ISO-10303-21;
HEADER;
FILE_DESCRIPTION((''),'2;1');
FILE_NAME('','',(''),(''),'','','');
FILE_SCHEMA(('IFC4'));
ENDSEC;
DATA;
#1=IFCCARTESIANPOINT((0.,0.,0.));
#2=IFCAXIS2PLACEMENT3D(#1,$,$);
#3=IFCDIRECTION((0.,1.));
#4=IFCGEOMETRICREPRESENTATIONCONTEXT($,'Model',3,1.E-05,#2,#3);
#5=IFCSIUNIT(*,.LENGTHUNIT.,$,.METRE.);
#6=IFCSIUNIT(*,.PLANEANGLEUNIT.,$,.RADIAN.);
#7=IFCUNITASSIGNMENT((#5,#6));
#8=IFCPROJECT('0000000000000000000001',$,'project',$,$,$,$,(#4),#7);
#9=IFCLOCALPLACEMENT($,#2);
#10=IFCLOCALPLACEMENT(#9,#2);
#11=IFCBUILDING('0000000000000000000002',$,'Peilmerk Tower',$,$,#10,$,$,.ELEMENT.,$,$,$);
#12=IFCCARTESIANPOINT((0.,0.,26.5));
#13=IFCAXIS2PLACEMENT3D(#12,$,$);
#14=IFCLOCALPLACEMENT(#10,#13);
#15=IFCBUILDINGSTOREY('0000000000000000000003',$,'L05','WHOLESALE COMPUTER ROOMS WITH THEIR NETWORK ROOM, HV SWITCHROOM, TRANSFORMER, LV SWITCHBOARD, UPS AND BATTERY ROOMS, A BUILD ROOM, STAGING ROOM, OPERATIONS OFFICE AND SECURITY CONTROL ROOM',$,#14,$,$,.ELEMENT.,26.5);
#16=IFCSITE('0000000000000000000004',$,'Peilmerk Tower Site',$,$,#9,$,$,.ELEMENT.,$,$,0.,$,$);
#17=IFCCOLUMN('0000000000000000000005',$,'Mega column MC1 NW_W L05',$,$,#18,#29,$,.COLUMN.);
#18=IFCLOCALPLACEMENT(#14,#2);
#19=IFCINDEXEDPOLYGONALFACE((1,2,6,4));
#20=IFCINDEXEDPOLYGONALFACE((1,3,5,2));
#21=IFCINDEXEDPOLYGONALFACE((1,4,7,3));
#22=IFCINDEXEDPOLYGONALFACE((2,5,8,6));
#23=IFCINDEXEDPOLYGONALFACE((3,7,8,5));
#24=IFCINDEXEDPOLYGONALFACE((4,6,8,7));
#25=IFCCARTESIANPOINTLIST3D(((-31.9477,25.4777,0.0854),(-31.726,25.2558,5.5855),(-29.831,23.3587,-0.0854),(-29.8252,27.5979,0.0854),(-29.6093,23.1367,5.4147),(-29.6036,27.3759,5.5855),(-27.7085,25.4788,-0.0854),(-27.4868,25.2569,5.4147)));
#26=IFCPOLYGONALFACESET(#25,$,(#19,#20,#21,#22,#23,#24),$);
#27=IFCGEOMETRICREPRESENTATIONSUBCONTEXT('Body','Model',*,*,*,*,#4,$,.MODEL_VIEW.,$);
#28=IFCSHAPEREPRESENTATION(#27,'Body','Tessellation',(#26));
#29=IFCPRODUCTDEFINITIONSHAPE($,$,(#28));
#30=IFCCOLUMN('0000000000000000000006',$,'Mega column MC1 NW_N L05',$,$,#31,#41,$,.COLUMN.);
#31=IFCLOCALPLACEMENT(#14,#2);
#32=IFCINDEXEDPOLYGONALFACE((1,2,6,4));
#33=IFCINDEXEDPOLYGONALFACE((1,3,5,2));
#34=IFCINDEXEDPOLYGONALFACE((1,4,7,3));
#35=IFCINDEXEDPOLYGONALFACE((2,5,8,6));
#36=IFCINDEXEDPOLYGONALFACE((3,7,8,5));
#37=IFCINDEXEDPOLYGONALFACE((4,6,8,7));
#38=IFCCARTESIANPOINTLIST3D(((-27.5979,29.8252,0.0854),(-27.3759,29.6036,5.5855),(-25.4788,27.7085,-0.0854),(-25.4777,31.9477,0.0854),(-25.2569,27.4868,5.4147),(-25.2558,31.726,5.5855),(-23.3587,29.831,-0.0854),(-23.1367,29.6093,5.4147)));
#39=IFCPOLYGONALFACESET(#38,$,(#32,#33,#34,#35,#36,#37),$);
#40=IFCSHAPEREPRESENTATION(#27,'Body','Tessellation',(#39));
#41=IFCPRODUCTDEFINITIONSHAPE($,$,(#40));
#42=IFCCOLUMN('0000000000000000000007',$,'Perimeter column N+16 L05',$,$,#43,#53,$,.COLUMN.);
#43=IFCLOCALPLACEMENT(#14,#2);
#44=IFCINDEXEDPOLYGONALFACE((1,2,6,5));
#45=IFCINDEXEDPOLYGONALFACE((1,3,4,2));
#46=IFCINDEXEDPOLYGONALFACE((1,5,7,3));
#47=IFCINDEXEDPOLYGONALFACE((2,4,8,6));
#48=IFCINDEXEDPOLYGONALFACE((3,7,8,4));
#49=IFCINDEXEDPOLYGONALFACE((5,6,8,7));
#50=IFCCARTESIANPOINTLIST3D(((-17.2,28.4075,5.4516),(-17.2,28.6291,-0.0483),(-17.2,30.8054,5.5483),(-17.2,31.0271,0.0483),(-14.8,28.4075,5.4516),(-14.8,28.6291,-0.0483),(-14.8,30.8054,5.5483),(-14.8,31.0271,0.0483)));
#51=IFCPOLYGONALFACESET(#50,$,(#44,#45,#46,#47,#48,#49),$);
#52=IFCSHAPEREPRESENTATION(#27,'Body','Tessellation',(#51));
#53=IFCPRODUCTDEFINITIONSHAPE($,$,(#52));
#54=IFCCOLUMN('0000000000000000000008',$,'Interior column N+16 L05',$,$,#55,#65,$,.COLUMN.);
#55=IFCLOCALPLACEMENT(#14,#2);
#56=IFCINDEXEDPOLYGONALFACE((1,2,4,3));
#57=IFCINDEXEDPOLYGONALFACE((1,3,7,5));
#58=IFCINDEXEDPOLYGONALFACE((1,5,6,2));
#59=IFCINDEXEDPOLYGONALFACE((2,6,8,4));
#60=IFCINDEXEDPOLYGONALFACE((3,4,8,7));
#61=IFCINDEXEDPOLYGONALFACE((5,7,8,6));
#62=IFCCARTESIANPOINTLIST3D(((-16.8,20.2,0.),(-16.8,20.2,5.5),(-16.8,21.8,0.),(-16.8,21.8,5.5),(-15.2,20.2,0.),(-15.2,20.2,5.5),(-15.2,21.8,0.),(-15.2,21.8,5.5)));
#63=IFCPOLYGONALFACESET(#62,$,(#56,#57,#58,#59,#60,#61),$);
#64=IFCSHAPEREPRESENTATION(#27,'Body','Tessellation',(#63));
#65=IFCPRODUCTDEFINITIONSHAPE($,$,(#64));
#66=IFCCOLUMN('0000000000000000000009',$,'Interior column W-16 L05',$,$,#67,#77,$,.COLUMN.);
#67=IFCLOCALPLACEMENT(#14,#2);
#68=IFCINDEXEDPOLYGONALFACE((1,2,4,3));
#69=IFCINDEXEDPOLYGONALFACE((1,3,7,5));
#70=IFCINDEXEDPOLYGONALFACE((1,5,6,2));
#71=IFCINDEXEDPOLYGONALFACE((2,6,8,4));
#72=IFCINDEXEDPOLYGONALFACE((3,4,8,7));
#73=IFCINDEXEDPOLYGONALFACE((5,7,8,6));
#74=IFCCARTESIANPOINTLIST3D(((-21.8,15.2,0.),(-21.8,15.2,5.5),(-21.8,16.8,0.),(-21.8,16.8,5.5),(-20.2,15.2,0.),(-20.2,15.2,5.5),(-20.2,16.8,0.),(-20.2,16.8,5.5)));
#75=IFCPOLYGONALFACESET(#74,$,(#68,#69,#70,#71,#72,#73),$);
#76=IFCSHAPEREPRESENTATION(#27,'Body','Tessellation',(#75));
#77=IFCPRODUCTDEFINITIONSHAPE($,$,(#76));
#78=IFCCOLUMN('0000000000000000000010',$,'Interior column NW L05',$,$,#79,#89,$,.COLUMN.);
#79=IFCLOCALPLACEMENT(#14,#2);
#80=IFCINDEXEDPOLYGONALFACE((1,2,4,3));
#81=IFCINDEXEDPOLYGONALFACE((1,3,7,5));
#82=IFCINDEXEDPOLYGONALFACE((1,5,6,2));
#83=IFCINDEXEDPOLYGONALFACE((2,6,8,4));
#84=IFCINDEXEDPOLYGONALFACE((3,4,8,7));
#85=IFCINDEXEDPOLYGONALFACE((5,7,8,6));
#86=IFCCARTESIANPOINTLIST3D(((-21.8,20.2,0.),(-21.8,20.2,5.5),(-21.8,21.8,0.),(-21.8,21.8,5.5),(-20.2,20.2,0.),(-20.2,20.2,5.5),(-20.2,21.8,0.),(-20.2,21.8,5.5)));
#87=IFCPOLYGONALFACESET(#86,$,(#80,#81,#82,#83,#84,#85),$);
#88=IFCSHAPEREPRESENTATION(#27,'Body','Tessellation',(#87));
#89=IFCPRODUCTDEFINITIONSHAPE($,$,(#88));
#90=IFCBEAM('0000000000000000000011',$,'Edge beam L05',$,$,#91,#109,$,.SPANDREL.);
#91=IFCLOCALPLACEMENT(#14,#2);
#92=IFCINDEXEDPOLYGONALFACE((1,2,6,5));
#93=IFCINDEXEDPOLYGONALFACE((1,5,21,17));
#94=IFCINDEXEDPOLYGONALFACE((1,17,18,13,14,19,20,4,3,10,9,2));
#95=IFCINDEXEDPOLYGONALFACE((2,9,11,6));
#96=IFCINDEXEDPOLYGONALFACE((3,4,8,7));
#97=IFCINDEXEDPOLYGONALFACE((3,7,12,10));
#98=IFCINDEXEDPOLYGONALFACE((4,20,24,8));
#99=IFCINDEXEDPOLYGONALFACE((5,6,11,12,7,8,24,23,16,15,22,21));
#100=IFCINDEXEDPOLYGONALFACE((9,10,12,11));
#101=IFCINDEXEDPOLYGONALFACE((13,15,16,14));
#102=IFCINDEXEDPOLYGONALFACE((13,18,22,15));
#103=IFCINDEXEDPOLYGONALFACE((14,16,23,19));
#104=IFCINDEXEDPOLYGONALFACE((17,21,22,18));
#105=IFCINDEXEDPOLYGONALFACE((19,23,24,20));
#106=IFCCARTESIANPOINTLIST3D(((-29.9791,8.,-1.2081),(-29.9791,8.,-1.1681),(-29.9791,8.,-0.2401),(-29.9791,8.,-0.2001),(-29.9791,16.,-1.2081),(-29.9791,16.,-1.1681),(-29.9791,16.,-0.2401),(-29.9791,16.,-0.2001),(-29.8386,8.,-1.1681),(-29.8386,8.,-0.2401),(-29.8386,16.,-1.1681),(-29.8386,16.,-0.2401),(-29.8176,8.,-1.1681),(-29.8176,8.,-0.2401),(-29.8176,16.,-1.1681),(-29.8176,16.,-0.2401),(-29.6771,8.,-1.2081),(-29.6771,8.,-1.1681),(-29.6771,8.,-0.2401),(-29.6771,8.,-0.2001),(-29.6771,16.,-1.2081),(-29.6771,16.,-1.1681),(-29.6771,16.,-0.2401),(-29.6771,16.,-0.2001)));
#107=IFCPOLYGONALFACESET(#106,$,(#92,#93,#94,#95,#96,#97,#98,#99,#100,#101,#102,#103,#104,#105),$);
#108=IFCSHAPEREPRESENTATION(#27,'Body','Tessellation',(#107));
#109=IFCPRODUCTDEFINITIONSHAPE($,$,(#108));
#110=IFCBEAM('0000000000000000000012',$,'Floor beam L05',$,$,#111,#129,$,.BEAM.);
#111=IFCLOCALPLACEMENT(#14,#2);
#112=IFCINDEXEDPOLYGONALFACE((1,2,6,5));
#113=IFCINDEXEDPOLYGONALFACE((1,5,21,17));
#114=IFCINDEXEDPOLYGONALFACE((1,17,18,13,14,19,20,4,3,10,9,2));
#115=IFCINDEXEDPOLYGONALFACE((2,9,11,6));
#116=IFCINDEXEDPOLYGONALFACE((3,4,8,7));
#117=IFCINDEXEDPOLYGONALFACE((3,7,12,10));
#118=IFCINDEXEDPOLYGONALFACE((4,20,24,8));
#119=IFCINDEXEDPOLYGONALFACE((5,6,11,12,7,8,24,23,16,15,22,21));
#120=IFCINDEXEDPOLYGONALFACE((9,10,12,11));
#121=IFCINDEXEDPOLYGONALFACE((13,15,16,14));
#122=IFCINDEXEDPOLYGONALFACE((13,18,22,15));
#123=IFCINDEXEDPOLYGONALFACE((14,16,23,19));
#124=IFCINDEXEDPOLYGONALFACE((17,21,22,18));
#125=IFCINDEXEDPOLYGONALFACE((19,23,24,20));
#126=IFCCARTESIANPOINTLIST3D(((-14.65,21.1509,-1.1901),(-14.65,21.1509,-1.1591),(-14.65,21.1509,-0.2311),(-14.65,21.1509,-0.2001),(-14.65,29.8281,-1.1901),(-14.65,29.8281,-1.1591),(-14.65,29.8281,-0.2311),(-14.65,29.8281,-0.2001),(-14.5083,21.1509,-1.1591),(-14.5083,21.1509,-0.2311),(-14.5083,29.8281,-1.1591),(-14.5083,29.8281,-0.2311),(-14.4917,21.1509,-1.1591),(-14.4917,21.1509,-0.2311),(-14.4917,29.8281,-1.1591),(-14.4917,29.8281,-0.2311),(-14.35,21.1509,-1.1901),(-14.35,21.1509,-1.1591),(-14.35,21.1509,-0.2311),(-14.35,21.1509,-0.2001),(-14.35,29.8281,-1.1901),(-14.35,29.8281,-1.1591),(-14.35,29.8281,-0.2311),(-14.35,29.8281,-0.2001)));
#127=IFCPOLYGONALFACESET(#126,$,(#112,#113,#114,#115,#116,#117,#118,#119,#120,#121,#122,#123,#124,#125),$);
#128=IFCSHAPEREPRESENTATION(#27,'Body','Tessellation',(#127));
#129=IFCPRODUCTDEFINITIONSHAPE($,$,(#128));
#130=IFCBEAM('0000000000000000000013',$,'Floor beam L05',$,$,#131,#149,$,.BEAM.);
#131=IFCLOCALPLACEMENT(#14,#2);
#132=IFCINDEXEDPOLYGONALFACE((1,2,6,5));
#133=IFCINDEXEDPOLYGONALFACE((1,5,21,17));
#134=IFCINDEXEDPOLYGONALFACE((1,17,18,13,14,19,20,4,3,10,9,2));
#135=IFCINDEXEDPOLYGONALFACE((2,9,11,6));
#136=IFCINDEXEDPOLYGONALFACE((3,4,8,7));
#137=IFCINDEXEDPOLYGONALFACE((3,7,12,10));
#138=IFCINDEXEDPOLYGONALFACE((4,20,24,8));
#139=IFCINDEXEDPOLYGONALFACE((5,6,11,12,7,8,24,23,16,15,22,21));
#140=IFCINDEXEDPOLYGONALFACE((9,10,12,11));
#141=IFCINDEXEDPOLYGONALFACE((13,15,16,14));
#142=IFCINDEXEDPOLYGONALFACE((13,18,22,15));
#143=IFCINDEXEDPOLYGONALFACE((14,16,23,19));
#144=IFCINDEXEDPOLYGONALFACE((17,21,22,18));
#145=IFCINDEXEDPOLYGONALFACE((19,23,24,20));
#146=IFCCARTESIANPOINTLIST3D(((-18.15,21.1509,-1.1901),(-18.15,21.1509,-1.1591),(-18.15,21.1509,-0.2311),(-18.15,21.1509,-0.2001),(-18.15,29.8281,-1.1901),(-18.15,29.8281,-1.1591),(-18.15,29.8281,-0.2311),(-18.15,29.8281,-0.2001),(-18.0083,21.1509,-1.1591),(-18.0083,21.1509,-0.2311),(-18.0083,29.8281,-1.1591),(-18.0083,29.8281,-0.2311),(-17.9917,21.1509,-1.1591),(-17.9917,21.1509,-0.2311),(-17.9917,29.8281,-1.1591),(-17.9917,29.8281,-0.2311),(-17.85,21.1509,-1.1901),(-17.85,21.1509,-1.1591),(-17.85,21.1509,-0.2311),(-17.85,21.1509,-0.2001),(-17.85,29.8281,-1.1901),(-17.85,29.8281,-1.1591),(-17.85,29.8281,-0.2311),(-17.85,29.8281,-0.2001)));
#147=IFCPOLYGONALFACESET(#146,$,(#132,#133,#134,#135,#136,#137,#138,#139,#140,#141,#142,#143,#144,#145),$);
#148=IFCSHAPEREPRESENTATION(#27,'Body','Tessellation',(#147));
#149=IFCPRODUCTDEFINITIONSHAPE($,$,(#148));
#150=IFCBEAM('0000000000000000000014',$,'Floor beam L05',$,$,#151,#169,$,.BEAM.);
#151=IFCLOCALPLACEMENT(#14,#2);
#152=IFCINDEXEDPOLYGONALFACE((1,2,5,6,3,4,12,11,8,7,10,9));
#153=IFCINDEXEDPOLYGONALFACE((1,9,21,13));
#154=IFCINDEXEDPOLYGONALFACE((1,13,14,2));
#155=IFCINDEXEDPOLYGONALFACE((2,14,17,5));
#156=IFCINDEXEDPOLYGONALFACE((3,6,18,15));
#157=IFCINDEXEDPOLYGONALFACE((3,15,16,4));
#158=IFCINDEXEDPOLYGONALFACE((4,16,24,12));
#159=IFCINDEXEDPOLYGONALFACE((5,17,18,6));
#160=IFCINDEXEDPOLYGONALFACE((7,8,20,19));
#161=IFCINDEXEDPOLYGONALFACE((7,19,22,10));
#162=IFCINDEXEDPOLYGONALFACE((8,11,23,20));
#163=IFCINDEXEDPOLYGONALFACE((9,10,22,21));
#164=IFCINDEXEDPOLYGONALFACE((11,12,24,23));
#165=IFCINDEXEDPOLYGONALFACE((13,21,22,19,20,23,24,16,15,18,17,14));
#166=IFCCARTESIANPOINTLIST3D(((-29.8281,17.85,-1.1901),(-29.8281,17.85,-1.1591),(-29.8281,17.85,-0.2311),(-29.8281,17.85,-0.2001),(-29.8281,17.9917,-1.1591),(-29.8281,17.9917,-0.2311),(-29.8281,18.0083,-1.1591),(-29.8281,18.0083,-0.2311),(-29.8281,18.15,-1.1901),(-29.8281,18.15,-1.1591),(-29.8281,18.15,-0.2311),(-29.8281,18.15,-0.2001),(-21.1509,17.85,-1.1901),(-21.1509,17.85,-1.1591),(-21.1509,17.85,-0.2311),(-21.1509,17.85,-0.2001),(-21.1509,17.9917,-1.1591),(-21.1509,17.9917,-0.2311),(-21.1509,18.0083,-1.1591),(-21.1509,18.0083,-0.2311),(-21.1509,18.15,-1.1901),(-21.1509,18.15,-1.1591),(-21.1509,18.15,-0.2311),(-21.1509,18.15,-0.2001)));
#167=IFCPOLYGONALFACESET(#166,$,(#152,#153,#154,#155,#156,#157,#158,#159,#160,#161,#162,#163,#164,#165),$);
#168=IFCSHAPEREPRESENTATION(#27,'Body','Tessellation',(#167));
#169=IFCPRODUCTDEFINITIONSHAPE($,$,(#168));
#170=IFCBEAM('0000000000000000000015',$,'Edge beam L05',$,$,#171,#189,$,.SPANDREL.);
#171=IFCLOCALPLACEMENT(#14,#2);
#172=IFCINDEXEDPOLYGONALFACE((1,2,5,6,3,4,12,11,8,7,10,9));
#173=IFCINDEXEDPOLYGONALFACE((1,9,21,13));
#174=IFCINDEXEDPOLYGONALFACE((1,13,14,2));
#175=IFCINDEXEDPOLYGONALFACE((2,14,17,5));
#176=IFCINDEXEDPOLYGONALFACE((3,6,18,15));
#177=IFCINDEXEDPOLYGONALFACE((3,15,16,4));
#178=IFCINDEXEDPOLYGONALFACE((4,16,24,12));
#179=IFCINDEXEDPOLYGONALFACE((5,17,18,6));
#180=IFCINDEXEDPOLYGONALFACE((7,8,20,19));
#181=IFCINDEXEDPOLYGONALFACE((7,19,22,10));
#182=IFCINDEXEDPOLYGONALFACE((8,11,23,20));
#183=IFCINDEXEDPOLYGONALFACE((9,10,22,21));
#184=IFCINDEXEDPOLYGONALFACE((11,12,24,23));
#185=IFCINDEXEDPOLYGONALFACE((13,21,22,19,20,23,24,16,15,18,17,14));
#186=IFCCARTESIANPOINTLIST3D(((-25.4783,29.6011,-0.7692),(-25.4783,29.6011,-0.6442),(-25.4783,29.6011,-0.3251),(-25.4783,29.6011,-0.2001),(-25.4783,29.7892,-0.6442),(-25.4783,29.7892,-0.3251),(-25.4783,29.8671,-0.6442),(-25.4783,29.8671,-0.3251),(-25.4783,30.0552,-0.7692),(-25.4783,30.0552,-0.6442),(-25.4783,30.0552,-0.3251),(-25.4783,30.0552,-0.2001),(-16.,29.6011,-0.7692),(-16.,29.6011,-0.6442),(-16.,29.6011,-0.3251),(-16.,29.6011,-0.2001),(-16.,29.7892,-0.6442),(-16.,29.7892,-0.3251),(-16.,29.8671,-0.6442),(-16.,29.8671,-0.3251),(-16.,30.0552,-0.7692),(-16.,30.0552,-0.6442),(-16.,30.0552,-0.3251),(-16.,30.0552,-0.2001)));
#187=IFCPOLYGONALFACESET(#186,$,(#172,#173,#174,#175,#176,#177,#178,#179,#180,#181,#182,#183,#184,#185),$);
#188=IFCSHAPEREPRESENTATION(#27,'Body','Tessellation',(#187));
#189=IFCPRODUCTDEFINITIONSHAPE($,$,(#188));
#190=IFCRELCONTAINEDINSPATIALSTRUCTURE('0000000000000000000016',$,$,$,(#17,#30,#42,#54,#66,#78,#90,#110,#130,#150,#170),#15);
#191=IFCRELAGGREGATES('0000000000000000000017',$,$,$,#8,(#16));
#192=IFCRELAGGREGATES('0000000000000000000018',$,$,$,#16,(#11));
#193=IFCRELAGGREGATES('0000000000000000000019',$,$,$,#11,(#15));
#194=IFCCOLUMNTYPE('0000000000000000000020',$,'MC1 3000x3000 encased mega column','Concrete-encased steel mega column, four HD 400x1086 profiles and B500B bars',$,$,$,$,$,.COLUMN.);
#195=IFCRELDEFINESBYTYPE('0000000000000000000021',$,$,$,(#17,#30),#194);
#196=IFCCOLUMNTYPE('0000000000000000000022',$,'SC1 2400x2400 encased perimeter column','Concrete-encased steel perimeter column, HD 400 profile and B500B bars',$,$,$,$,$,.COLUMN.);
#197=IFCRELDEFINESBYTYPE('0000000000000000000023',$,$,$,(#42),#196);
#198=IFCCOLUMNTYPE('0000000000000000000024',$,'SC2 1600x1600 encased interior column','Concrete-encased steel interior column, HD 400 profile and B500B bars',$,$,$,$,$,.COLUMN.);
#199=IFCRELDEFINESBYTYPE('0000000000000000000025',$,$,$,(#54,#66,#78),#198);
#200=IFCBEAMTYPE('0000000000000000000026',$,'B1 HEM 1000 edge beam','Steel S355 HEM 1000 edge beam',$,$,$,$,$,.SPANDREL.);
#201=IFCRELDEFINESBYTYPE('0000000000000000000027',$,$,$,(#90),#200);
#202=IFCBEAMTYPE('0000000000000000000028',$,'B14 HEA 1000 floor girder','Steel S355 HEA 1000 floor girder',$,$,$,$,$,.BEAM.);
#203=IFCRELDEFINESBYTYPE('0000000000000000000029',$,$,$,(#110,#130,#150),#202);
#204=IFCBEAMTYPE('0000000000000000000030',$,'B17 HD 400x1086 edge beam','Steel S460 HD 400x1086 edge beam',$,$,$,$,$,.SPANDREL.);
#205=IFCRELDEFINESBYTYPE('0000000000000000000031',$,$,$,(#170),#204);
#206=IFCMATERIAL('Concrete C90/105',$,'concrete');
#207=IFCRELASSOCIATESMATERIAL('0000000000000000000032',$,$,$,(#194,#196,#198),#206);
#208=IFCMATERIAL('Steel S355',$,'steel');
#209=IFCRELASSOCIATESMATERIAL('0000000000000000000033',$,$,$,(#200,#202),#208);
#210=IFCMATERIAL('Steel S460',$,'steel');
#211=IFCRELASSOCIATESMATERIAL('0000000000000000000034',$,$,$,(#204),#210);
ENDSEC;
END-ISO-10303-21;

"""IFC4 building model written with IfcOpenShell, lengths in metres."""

from ifc_helpers import new_model, si_unit, direction, frame, origin, origin_2d, place, context, subcontext, project, spatial, rectangle, i_section, extrude, material, material_profile, profile_set, type_object, element, save


model = new_model("IFC4")

# Units and contexts
model_context = context("Model", 3, precision=1e-05, world=origin(), true_north=direction((0.0, 1.0)))
body_context = subcontext(model_context, "Body", "Model", "MODEL_VIEW")
ifc_project = project(units=[si_unit("LENGTHUNIT", "METRE"), si_unit("PLANEANGLEUNIT", "RADIAN")], contexts=[model_context])

# Site, building, storey
site_placement = place(None, origin())
site = spatial("IfcSite", under=ifc_project, at=site_placement, Name="Peilmerk Tower Site", CompositionType="ELEMENT", RefElevation=0.0)
building_placement = place(site_placement, origin())
building = spatial("IfcBuilding", under=site, at=building_placement, Name="Peilmerk Tower", CompositionType="ELEMENT")
storey_placement = place(building_placement, frame((0.0, 0.0, 26.5)))
storey = spatial("IfcBuildingStorey", under=building, at=storey_placement, Name="L05", Description="WHOLESALE COMPUTER ROOMS WITH THEIR NETWORK ROOM, HV SWITCHROOM, TRANSFORMER, LV SWITCHBOARD, UPS AND BATTERY ROOMS, A BUILD ROOM, STAGING ROOM, OPERATIONS OFFICE AND SECURITY CONTROL ROOM", CompositionType="ELEMENT", Elevation=26.5)

# Columns
ifc_material_1 = material(Name="Concrete C90/105", Category="concrete")
ifc_material_profile_1 = material_profile(ifc_material_1, rectangle(XDim=3.0, YDim=3.0, at=origin_2d()), Name="RC 3000x3000")
ifc_profile_set_1 = profile_set([ifc_material_profile_1], Name="Concrete C90/105")
column_type_1 = type_object("IfcColumnType", Name="MC1 3000x3000 encased mega column", Description="Concrete-encased steel mega column, four HD 400x1086 profiles and B500B bars", PredefinedType="COLUMN", material=ifc_profile_set_1)
for number, where, z_axis, x_axis, name in (
    (1, (-29.8281, 25.4783, 0.0), (0.04024, -0.040284, 0.998378), (0.707496, 0.706718, 0.0), "Mega column MC1 NW_W L05"),
    (2, (-25.4783, 29.8281, 0.0), (0.040284, -0.04024, 0.998378), (0.706718, 0.707496, 0.0), "Mega column MC1 NW_N L05"),
):
    element("IfcColumn", number, at=place(storey_placement, frame(where, z_axis=z_axis, x_axis=x_axis)), inside=storey, type_object=column_type_1, Name=name, PredefinedType="COLUMN", context=body_context, shape_type="SweptSolid", body=[
        extrude(rectangle(XDim=3.0, YDim=3.0, at=origin_2d()), origin(), (0.0, 0.0, 1.0), 5.509),
    ])
ifc_material_profile_2 = material_profile(ifc_material_1, rectangle(XDim=2.3999, YDim=2.3999, at=origin_2d()), Name="RC 2400x2400")
ifc_profile_set_2 = profile_set([ifc_material_profile_2], Name="Concrete C90/105")
column_type_2 = type_object("IfcColumnType", Name="SC1 2400x2400 encased perimeter column", Description="Concrete-encased steel perimeter column, HD 400 profile and B500B bars", PredefinedType="COLUMN", material=ifc_profile_set_2)
column_placement = place(storey_placement, frame((-16.0, 29.8281, 0.0), z_axis=(0.0, -0.040273, 0.999189), x_axis=(1.0, 0.0, 0.0)))
element("IfcColumn", 3, at=column_placement, inside=storey, type_object=column_type_2, Name="Perimeter column N+16 L05", PredefinedType="COLUMN", context=body_context, shape_type="SweptSolid", body=[
    extrude(rectangle(XDim=2.3999, YDim=2.3999, at=origin_2d()), origin(), (0.0, 0.0, 1.0), 5.5044),
])
ifc_material_profile_3 = material_profile(ifc_material_1, rectangle(XDim=1.6001, YDim=1.6001, at=origin_2d()), Name="RC 1600x1600")
ifc_profile_set_3 = profile_set([ifc_material_profile_3], Name="Concrete C90/105")
column_type_3 = type_object("IfcColumnType", Name="SC2 1600x1600 encased interior column", Description="Concrete-encased steel interior column, HD 400 profile and B500B bars", PredefinedType="COLUMN", material=ifc_profile_set_3)
for number, where, z_axis, x_axis, name in (
    (4, (-16.0, 21.0, 0.0), (0.0, 0.0, 1.0), (1.0, 0.0, 0.0), "Interior column N+16 L05"),
    (5, (-21.0, 16.0, 0.0), (0.0, 0.0, 1.0), (1.0, 0.0, 0.0), "Interior column W-16 L05"),
    (6, (-21.0, 21.0, 0.0), (0.0, 0.0, 1.0), (1.0, 0.0, 0.0), "Interior column NW L05"),
):
    element("IfcColumn", number, at=place(storey_placement, frame(where, z_axis=z_axis, x_axis=x_axis)), inside=storey, type_object=column_type_3, Name=name, PredefinedType="COLUMN", context=body_context, shape_type="SweptSolid", body=[
        extrude(rectangle(XDim=1.6001, YDim=1.6001, at=origin_2d()), origin(), (0.0, 0.0, 1.0), 5.5),
    ])

# Beams
ifc_material_2 = material(Name="Steel S355", Category="steel")
ifc_material_profile_4 = material_profile(ifc_material_2, i_section(OverallWidth=0.302, OverallDepth=1.0081, WebThickness=0.021, FlangeThickness=0.04, at=origin_2d()), Name="HEM 1000")
ifc_profile_set_4 = profile_set([ifc_material_profile_4], Name="Steel S355")
beam_type_1 = type_object("IfcBeamType", Name="B1 HEM 1000 edge beam", Description="Steel S355 HEM 1000 edge beam", PredefinedType="SPANDREL", material=ifc_profile_set_4)
beam_1_placement = place(storey_placement, frame((-29.8281, 16.0, -0.7041), z_axis=(0.0, -1.0, 0.0), x_axis=(1.0, 0.0, 0.0)))
element("IfcBeam", 7, at=beam_1_placement, inside=storey, type_object=beam_type_1, Name="Edge beam L05", PredefinedType="SPANDREL", context=body_context, shape_type="SweptSolid", body=[
    extrude(i_section(OverallWidth=0.302, OverallDepth=1.0081, WebThickness=0.021, FlangeThickness=0.04, at=origin_2d()), origin(), (0.0, 0.0, 1.0), 8.0),
])
ifc_material_profile_5 = material_profile(ifc_material_2, i_section(OverallWidth=0.3, OverallDepth=0.99, WebThickness=0.0166, FlangeThickness=0.031, at=origin_2d()), Name="HEA 1000")
ifc_profile_set_5 = profile_set([ifc_material_profile_5], Name="Steel S355")
beam_type_2 = type_object("IfcBeamType", Name="B14 HEA 1000 floor girder", Description="Steel S355 HEA 1000 floor girder", PredefinedType="BEAM", material=ifc_profile_set_5)
for number, where, z_axis, x_axis, name in (
    (8, (-14.5, 21.1509, -0.6951), (0.0, 1.0, 0.0), (-1.0, 0.0, 0.0), "Floor beam L05"),
    (9, (-18.0, 21.1509, -0.6951), (0.0, 1.0, 0.0), (-1.0, 0.0, 0.0), "Floor beam L05"),
    (10, (-21.1509, 18.0, -0.6951), (-1.0, 0.0, 0.0), (0.0, -1.0, 0.0), "Floor beam L05"),
):
    element("IfcBeam", number, at=place(storey_placement, frame(where, z_axis=z_axis, x_axis=x_axis)), inside=storey, type_object=beam_type_2, Name=name, PredefinedType="BEAM", context=body_context, shape_type="SweptSolid", body=[
        extrude(i_section(OverallWidth=0.3, OverallDepth=0.99, WebThickness=0.0166, FlangeThickness=0.031, at=origin_2d()), origin(), (0.0, 0.0, 1.0), 8.6772),
    ])
ifc_material_3 = material(Name="Steel S460", Category="steel")
ifc_material_profile_6 = material_profile(ifc_material_3, i_section(OverallWidth=0.4541, OverallDepth=0.5691, WebThickness=0.0779, FlangeThickness=0.125, at=origin_2d()), Name="HD 400x1086")
ifc_profile_set_6 = profile_set([ifc_material_profile_6], Name="Steel S460")
beam_type_3 = type_object("IfcBeamType", Name="B17 HD 400x1086 edge beam", Description="Steel S460 HD 400x1086 edge beam", PredefinedType="SPANDREL", material=ifc_profile_set_6)
for number, where, z_axis, x_axis, name in (
    (11, (-16.0, 29.8281, -0.4846), (-1.0, 0.0, 0.0), (0.0, -1.0, 0.0), "Edge beam L05"),
):
    element("IfcBeam", number, at=place(storey_placement, frame(where, z_axis=z_axis, x_axis=x_axis)), inside=storey, type_object=beam_type_3, Name=name, PredefinedType="SPANDREL", context=body_context, shape_type="SweptSolid", body=[
        extrude(i_section(OverallWidth=0.4541, OverallDepth=0.5691, WebThickness=0.0779, FlangeThickness=0.125, at=origin_2d()), origin(), (0.0, 0.0, 1.0), 9.4783),
    ])

save(model, "model.ifc")
